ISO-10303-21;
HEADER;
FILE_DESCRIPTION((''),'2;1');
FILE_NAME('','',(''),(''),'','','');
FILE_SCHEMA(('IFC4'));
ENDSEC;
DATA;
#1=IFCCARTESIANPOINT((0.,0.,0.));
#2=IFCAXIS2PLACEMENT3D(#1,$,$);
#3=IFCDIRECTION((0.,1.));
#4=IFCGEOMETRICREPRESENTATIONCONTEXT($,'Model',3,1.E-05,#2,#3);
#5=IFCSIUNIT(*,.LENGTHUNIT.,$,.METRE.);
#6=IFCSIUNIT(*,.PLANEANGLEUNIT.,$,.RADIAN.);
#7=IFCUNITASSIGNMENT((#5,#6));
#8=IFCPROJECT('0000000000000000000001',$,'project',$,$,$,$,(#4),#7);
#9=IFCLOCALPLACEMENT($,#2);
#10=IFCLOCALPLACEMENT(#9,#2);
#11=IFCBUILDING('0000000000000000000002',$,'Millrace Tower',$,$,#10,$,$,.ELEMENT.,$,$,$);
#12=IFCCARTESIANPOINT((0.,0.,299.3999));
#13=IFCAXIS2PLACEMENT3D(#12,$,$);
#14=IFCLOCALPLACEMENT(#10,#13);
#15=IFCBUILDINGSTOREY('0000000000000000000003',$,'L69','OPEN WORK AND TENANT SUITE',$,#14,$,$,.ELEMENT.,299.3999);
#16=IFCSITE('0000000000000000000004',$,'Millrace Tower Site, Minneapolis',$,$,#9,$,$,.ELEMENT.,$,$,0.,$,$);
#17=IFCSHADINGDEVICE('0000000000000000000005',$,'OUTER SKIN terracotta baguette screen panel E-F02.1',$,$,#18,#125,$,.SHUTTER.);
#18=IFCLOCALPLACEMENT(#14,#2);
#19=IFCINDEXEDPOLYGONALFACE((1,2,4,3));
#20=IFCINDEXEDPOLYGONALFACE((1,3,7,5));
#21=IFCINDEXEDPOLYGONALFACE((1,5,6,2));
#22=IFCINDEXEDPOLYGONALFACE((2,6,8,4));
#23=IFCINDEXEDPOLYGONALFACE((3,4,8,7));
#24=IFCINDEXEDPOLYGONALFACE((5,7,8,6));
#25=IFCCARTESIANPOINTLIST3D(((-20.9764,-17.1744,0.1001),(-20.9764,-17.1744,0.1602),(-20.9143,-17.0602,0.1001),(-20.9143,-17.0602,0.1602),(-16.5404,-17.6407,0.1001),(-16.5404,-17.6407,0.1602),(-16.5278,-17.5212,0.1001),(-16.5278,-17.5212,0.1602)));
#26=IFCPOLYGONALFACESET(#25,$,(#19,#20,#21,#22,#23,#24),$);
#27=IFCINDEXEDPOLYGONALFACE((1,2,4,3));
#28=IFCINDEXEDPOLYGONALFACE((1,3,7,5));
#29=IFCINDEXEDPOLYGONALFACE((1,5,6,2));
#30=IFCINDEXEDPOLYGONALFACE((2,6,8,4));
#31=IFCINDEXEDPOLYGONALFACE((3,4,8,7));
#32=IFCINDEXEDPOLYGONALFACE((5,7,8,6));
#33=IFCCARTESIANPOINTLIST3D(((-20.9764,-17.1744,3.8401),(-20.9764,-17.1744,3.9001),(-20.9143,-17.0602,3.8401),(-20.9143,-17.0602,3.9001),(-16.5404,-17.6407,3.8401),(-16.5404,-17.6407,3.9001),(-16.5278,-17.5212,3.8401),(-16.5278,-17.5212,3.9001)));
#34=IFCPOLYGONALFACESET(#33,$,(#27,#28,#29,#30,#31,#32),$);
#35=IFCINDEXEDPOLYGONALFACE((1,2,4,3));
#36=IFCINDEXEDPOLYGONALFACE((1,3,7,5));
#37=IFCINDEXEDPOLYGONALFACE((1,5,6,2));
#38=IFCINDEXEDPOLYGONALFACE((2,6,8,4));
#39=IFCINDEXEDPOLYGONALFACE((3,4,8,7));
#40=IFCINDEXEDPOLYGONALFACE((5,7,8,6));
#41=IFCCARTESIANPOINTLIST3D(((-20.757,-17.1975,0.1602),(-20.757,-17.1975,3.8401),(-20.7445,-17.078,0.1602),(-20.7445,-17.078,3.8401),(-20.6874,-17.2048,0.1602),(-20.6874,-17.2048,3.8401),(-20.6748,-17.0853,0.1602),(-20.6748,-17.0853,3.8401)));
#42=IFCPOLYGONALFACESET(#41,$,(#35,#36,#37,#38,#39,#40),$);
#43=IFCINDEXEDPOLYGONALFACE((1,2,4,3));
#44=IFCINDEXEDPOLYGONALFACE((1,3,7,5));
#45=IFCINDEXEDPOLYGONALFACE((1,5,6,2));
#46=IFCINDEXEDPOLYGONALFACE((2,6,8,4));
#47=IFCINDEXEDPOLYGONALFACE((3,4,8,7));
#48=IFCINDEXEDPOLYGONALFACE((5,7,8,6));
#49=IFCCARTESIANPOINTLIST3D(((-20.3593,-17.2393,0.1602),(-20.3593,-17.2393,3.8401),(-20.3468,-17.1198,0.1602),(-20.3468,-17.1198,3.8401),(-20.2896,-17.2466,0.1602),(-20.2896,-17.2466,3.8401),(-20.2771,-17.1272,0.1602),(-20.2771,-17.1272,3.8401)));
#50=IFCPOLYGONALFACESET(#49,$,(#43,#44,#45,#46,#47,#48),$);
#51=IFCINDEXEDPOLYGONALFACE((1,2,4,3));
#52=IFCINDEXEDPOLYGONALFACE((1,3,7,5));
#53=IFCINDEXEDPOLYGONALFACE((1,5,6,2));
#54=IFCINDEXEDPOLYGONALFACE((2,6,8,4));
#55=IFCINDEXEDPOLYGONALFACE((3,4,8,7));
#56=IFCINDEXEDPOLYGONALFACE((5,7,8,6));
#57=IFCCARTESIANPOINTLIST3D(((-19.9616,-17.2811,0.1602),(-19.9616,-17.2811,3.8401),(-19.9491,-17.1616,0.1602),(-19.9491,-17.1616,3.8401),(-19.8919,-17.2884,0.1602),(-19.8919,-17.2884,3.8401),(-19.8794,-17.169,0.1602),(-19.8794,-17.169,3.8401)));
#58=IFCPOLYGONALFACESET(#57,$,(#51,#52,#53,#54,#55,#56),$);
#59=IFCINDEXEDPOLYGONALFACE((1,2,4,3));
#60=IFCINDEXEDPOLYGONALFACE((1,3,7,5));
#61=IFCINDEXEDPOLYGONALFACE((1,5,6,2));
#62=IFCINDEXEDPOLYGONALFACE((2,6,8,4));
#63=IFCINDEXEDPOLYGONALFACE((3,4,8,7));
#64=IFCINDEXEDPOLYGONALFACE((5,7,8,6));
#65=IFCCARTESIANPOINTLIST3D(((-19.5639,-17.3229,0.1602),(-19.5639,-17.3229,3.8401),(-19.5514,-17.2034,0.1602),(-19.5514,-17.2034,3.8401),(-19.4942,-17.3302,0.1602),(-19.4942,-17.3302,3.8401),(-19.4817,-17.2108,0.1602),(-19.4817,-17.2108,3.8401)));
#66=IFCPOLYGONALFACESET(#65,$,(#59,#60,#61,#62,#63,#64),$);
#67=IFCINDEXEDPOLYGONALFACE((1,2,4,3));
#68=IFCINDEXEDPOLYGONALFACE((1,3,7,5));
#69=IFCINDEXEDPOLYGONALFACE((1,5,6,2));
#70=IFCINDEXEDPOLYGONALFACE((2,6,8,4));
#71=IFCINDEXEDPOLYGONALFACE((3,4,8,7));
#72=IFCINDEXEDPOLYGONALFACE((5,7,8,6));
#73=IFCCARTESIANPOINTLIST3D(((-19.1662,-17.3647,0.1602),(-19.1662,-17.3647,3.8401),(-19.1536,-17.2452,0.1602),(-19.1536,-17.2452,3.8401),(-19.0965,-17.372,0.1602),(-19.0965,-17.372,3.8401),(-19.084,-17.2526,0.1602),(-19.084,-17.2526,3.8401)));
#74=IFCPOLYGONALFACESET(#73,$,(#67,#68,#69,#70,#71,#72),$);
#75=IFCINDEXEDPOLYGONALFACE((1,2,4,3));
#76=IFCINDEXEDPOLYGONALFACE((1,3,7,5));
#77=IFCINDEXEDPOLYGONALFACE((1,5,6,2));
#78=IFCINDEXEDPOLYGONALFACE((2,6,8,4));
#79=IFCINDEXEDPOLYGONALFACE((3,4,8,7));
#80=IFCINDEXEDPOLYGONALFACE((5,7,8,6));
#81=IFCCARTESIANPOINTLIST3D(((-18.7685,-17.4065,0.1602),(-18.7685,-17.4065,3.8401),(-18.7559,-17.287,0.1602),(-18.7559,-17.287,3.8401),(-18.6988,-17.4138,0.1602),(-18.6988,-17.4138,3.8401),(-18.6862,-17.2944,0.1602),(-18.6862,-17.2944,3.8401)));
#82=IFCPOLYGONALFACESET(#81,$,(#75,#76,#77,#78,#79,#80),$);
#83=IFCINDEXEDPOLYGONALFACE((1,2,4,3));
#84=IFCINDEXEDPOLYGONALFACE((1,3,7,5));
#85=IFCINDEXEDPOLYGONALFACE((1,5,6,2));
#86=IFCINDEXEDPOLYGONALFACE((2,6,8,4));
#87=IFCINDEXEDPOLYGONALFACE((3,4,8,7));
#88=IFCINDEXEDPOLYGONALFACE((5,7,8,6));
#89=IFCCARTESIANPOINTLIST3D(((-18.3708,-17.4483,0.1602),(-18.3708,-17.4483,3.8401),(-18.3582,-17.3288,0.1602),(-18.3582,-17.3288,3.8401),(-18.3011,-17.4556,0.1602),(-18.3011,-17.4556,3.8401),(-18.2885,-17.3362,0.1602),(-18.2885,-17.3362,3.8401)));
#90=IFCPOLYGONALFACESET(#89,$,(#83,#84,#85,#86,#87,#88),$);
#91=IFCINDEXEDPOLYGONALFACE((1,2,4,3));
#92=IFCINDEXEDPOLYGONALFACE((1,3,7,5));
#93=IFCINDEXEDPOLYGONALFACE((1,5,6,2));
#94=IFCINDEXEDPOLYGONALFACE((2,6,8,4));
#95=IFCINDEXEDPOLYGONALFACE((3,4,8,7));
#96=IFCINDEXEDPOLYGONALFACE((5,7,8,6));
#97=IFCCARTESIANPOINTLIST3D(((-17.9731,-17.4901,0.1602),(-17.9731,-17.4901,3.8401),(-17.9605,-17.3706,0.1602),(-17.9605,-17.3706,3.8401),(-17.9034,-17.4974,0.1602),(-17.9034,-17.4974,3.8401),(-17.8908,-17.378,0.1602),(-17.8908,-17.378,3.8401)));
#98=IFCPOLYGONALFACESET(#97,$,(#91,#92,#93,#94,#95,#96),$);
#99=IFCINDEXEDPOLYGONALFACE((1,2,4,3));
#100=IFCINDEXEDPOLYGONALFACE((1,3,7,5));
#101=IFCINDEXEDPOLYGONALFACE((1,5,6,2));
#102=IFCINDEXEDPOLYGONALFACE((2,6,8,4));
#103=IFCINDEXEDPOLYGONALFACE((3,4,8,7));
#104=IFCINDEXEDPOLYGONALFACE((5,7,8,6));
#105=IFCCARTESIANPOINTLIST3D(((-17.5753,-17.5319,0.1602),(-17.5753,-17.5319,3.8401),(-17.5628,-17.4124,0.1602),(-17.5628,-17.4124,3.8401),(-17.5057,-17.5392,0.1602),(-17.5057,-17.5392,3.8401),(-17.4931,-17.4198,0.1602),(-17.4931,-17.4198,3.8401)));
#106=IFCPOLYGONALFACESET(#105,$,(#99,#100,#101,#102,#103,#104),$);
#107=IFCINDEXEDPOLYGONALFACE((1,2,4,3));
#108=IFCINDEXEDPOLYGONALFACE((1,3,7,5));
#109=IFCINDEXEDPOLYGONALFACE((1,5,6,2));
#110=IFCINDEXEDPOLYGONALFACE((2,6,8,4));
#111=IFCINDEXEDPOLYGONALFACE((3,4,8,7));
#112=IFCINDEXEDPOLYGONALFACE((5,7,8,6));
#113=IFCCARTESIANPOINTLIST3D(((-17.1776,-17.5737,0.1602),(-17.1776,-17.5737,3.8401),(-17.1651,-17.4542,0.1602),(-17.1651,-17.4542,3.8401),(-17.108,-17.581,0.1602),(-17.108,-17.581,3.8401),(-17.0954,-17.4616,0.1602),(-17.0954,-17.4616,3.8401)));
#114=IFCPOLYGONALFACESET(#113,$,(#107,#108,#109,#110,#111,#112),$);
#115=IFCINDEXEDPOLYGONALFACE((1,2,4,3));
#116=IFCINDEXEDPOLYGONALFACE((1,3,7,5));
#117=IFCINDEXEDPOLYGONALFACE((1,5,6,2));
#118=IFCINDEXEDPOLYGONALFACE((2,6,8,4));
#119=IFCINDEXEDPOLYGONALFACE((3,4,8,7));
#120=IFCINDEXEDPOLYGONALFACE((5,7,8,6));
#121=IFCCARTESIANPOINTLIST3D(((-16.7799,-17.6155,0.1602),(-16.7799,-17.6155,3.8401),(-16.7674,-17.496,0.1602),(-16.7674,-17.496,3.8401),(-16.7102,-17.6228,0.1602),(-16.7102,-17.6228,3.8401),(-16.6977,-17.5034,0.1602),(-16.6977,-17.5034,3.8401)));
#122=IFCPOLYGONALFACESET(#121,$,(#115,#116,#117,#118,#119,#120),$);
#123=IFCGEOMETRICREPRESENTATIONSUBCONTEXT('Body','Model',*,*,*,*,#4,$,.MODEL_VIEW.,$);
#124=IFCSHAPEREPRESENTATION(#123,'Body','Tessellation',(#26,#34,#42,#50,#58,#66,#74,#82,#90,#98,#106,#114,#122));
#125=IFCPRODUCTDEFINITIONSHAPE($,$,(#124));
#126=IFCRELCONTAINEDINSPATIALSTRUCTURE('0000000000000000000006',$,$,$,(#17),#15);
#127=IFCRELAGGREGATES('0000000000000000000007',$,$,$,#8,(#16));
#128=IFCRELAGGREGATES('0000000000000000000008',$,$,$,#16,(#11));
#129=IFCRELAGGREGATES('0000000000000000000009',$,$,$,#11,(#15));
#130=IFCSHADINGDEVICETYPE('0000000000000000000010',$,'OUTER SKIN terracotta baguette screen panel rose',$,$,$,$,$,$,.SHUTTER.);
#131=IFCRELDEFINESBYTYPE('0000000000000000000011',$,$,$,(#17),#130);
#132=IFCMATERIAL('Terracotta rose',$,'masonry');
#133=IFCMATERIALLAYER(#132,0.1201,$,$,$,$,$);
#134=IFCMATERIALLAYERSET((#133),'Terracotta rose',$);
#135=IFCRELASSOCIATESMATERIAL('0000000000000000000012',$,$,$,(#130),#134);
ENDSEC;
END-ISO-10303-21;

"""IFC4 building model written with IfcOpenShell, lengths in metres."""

from ifc_helpers import new_model, entity, si_unit, direction, frame, frame_2d, origin, place, context, subcontext, project, spatial, rectangle, extrude, source, transform, mapped, material, layer, layer_set, type_object, element, save


model = new_model("IFC4")

# Units and contexts
model_context = context("Model", 3, precision=1e-05, world=origin(), true_north=direction((0.0, 1.0)))
body_context = subcontext(model_context, "Body", "Model", "MODEL_VIEW")
ifc_project = project(units=[si_unit("LENGTHUNIT", "METRE"), si_unit("PLANEANGLEUNIT", "RADIAN")], contexts=[model_context])

# Site, building, storey
site_placement = place(None, origin())
site = spatial("IfcSite", under=ifc_project, at=site_placement, Name="Millrace Tower Site, Minneapolis", CompositionType="ELEMENT", RefElevation=0.0)
building_placement = place(site_placement, origin())
building = spatial("IfcBuilding", under=site, at=building_placement, Name="Millrace Tower", CompositionType="ELEMENT")
storey_placement = place(building_placement, frame((0.0, 0.0, 299.3999)))
storey = spatial("IfcBuildingStorey", under=building, at=storey_placement, Name="L69", Description="OPEN WORK AND TENANT SUITE", CompositionType="ELEMENT", Elevation=299.3999)

# Shading device
ifc_material_1 = material(Name="Terracotta rose", Category="masonry")
ifc_layer_1 = layer(ifc_material_1, 0.1201)
ifc_layer_set_1 = layer_set([ifc_layer_1], Name="Terracotta rose")
shading_device_type = type_object("IfcShadingDeviceType", Name="OUTER SKIN terracotta baguette screen panel rose", PredefinedType="SHUTTER", material=ifc_layer_set_1)
cartesian_point_1 = entity("IfcCartesianPoint", [-2.1929, 0.0601])
shared_polyline_1 = entity("IfcPolyline", [cartesian_point_1, entity("IfcCartesianPoint", [2.2178, 0.0601]), entity("IfcCartesianPoint", [2.2178, -0.0601]), entity("IfcCartesianPoint", [-2.2427, -0.0601]), cartesian_point_1])
shared_shape_1 = source(origin(), body_context, "Body", "SweptSolid", [
    entity("IfcExtrudedAreaSolid", entity("IfcArbitraryClosedProfileDef", "AREA", None, shared_polyline_1), entity("IfcAxis2Placement3D", entity("IfcCartesianPoint", [0.0, 0.0, 0.0])), entity("IfcDirection", [0.0, 0.0, 1.0]), 0.0601),
    entity("IfcExtrudedAreaSolid", entity("IfcArbitraryClosedProfileDef", "AREA", None, shared_polyline_1), entity("IfcAxis2Placement3D", entity("IfcCartesianPoint", [0.0, 0.0, 3.74])), entity("IfcDirection", [0.0, 0.0, 1.0]), 0.0601),
    extrude(rectangle(XDim=0.0701, YDim=0.1201, at=frame_2d((-1.9871, 0.0))), frame((0.0, 0.0, 0.0601)), (0.0, 0.0, 1.0), 3.6799),
    extrude(rectangle(XDim=0.0701, YDim=0.1201, at=frame_2d((-1.5872, 0.0))), frame((0.0, 0.0, 0.0601)), (0.0, 0.0, 1.0), 3.6799),
    extrude(rectangle(XDim=0.0701, YDim=0.1201, at=frame_2d((-1.1873, 0.0))), frame((0.0, 0.0, 0.0601)), (0.0, 0.0, 1.0), 3.6799),
    extrude(rectangle(XDim=0.0701, YDim=0.1201, at=frame_2d((-0.7874, 0.0))), frame((0.0, 0.0, 0.0601)), (0.0, 0.0, 1.0), 3.6799),
    extrude(rectangle(XDim=0.0701, YDim=0.1201, at=frame_2d((-0.3875, 0.0))), frame((0.0, 0.0, 0.0601)), (0.0, 0.0, 1.0), 3.6799),
    extrude(rectangle(XDim=0.0701, YDim=0.1201, at=frame_2d((0.0125, 0.0))), frame((0.0, 0.0, 0.0601)), (0.0, 0.0, 1.0), 3.6799),
    extrude(rectangle(XDim=0.0701, YDim=0.1201, at=frame_2d((0.4124, 0.0))), frame((0.0, 0.0, 0.0601)), (0.0, 0.0, 1.0), 3.6799),
    extrude(rectangle(XDim=0.0701, YDim=0.1201, at=frame_2d((0.8123, 0.0))), frame((0.0, 0.0, 0.0601)), (0.0, 0.0, 1.0), 3.6799),
    extrude(rectangle(XDim=0.0701, YDim=0.1201, at=frame_2d((1.2122, 0.0))), frame((0.0, 0.0, 0.0601)), (0.0, 0.0, 1.0), 3.6799),
    extrude(rectangle(XDim=0.0701, YDim=0.1201, at=frame_2d((1.6121, 0.0))), frame((0.0, 0.0, 0.0601)), (0.0, 0.0, 1.0), 3.6799),
    extrude(rectangle(XDim=0.0701, YDim=0.1201, at=frame_2d((2.012, 0.0))), frame((0.0, 0.0, 0.0601)), (0.0, 0.0, 1.0), 3.6799),
])
shading_device_1_placement = place(storey_placement, frame((-18.7397, -17.3491, 0.1001), z_axis=(0.0, 0.0, 1.0), x_axis=(0.994522, -0.104528, 0.0)))
element("IfcShadingDevice", 1, at=shading_device_1_placement, inside=storey, type_object=shading_device_type, Name="OUTER SKIN terracotta baguette screen panel E-F02.1", PredefinedType="SHUTTER", context=body_context, shape_type="MappedRepresentation", body=[
    mapped(shared_shape_1, transform((0.0, 0.0, 0.0), scale=1.0)),
])

save(model, "model.ifc")
